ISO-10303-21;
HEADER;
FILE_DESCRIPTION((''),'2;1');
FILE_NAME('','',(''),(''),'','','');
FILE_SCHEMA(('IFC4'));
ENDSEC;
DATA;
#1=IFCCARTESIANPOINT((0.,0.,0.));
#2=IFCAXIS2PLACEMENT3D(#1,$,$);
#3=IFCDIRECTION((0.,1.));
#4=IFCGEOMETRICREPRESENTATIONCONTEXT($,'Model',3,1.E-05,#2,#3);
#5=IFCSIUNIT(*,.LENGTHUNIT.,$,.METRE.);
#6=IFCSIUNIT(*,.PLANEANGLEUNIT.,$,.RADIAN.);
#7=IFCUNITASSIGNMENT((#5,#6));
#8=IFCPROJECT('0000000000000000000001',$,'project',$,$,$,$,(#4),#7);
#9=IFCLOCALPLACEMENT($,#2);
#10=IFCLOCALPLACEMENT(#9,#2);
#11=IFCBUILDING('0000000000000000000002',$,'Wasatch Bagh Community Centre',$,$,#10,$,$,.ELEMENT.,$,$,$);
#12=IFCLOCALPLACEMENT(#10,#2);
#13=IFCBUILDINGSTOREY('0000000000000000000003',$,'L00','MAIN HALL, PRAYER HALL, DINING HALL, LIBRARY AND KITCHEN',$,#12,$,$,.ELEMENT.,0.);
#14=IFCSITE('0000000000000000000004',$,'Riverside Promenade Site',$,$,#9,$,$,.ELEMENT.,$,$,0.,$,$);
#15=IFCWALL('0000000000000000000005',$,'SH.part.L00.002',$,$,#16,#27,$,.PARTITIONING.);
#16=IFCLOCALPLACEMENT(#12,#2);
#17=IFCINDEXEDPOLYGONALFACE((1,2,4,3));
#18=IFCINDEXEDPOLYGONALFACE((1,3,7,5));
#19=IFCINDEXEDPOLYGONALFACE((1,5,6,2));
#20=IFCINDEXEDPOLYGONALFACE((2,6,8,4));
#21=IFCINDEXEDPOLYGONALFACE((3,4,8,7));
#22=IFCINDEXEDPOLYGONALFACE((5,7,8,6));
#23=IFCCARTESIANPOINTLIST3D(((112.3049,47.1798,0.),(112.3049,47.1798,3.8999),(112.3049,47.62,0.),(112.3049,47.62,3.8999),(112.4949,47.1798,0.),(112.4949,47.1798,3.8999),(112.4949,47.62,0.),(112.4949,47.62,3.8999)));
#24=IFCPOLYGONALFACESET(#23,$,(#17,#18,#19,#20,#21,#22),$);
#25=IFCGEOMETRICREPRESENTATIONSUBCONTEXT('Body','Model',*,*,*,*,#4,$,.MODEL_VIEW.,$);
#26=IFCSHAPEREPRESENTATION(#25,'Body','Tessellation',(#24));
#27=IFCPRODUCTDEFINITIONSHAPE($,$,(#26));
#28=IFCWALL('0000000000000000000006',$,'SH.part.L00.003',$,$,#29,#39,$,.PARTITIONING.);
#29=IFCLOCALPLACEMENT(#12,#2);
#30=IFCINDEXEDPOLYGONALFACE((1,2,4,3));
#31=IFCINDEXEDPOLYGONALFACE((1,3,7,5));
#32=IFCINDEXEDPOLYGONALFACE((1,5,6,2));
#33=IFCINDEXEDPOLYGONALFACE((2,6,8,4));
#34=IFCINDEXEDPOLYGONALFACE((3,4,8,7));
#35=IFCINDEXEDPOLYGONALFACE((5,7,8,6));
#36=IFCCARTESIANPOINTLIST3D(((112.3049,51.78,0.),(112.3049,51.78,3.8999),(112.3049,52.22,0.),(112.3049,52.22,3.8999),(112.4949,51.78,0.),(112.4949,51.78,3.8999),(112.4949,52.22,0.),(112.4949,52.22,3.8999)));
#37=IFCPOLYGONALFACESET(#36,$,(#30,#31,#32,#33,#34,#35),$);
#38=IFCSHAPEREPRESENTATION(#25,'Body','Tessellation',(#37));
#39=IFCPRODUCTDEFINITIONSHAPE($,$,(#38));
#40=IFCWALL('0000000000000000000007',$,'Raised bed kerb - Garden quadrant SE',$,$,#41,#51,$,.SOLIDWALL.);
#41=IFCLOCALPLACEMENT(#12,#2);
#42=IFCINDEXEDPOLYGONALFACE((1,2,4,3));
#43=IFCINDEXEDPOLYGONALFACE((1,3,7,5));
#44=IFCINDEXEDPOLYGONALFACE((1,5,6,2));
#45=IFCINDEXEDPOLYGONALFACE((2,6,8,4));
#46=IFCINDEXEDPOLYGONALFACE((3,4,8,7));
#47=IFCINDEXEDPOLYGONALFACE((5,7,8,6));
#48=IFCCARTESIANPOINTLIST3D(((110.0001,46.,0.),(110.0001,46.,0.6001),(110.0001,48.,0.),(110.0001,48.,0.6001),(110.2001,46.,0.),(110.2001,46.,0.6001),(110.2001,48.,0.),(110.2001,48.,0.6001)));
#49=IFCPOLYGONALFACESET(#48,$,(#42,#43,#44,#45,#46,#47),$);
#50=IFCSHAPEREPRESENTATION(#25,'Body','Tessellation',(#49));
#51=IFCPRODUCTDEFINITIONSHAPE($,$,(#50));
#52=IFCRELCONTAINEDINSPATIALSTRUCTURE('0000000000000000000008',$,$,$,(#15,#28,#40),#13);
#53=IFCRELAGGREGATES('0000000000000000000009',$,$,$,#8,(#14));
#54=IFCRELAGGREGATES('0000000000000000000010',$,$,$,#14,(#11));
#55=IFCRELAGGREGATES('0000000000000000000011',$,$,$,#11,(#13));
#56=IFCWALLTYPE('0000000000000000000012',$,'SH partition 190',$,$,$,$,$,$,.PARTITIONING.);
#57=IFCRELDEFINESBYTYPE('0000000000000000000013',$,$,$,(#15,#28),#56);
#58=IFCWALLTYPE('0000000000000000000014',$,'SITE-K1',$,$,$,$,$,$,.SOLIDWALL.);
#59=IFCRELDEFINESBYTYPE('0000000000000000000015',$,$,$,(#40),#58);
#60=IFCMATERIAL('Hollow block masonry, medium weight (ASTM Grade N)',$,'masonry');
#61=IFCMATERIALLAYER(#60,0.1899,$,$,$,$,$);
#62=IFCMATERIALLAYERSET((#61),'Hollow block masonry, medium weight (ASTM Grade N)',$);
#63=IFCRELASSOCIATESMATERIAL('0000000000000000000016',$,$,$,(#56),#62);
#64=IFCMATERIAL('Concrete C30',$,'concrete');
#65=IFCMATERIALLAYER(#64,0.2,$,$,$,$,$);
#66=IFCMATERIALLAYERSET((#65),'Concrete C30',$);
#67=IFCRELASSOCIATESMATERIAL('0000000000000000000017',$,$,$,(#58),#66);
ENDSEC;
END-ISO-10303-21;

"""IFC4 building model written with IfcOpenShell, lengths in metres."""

from ifc_helpers import new_model, si_unit, direction, frame, frame_2d, origin, place, context, subcontext, project, spatial, rectangle, extrude, material, layer, layer_set, type_object, element, save


model = new_model("IFC4")

# Units and contexts
model_context = context("Model", 3, precision=1e-05, world=origin(), true_north=direction((0.0, 1.0)))
body_context = subcontext(model_context, "Body", "Model", "MODEL_VIEW")
ifc_project = project(units=[si_unit("LENGTHUNIT", "METRE"), si_unit("PLANEANGLEUNIT", "RADIAN")], contexts=[model_context])

# Site, building, storey
site_placement = place(None, origin())
site = spatial("IfcSite", under=ifc_project, at=site_placement, Name="Riverside Promenade Site", CompositionType="ELEMENT", RefElevation=0.0)
building_placement = place(site_placement, origin())
building = spatial("IfcBuilding", under=site, at=building_placement, Name="Wasatch Bagh Community Centre", CompositionType="ELEMENT")
storey_placement = place(building_placement, origin())
storey = spatial("IfcBuildingStorey", under=building, at=storey_placement, Name="L00", Description="MAIN HALL, PRAYER HALL, DINING HALL, LIBRARY AND KITCHEN", CompositionType="ELEMENT", Elevation=0.0)

# Shared definitions
ifc_material_1 = material(Name="Concrete C30", Category="concrete")

# Walls
ifc_material_2 = material(Name="Hollow block masonry, medium weight (ASTM Grade N)", Category="masonry")
ifc_layer_1 = layer(ifc_material_2, 0.1899)
ifc_layer_set_1 = layer_set([ifc_layer_1], Name="Hollow block masonry, medium weight (ASTM Grade N)")
wall_type_1 = type_object("IfcWallType", Name="SH partition 190", PredefinedType="PARTITIONING", material=ifc_layer_set_1)
wall_1_placement = place(storey_placement, frame((112.3999, 47.6201, 0.0), z_axis=(0.0, 0.0, 1.0), x_axis=(0.0, -1.0, 0.0)))
element("IfcWall", 1, at=wall_1_placement, inside=storey, type_object=wall_type_1, Name="SH.part.L00.002", PredefinedType="PARTITIONING", context=body_context, shape_type="SweptSolid", body=[
    extrude(rectangle(XDim=0.4402, YDim=0.1899, at=frame_2d((0.2202, 0.0))), origin(), (0.0, 0.0, 1.0), 3.8999),
])
wall_2_placement = place(storey_placement, frame((112.3999, 52.22, 0.0), z_axis=(0.0, 0.0, 1.0), x_axis=(0.0, -1.0, 0.0)))
element("IfcWall", 2, at=wall_2_placement, inside=storey, type_object=wall_type_1, Name="SH.part.L00.003", PredefinedType="PARTITIONING", context=body_context, shape_type="SweptSolid", body=[
    extrude(rectangle(XDim=0.4399, YDim=0.1899, at=frame_2d((0.22, 0.0))), origin(), (0.0, 0.0, 1.0), 3.8999),
])
ifc_layer_2 = layer(ifc_material_1, 0.2)
ifc_layer_set_2 = layer_set([ifc_layer_2], Name="Concrete C30")
wall_type_2 = type_object("IfcWallType", Name="SITE-K1", PredefinedType="SOLIDWALL", material=ifc_layer_set_2)
wall_3_placement = place(storey_placement, frame((110.1001, 46.0, 0.0), z_axis=(0.0, 0.0, 1.0), x_axis=(0.0, 1.0, 0.0)))
element("IfcWall", 3, at=wall_3_placement, inside=storey, type_object=wall_type_2, Name="Raised bed kerb - Garden quadrant SE", PredefinedType="SOLIDWALL", context=body_context, shape_type="SweptSolid", body=[
    extrude(rectangle(XDim=2.0, YDim=0.2, at=frame_2d((1.0, 0.0))), origin(), (0.0, 0.0, 1.0), 0.6001),
])

save(model, "model.ifc")
